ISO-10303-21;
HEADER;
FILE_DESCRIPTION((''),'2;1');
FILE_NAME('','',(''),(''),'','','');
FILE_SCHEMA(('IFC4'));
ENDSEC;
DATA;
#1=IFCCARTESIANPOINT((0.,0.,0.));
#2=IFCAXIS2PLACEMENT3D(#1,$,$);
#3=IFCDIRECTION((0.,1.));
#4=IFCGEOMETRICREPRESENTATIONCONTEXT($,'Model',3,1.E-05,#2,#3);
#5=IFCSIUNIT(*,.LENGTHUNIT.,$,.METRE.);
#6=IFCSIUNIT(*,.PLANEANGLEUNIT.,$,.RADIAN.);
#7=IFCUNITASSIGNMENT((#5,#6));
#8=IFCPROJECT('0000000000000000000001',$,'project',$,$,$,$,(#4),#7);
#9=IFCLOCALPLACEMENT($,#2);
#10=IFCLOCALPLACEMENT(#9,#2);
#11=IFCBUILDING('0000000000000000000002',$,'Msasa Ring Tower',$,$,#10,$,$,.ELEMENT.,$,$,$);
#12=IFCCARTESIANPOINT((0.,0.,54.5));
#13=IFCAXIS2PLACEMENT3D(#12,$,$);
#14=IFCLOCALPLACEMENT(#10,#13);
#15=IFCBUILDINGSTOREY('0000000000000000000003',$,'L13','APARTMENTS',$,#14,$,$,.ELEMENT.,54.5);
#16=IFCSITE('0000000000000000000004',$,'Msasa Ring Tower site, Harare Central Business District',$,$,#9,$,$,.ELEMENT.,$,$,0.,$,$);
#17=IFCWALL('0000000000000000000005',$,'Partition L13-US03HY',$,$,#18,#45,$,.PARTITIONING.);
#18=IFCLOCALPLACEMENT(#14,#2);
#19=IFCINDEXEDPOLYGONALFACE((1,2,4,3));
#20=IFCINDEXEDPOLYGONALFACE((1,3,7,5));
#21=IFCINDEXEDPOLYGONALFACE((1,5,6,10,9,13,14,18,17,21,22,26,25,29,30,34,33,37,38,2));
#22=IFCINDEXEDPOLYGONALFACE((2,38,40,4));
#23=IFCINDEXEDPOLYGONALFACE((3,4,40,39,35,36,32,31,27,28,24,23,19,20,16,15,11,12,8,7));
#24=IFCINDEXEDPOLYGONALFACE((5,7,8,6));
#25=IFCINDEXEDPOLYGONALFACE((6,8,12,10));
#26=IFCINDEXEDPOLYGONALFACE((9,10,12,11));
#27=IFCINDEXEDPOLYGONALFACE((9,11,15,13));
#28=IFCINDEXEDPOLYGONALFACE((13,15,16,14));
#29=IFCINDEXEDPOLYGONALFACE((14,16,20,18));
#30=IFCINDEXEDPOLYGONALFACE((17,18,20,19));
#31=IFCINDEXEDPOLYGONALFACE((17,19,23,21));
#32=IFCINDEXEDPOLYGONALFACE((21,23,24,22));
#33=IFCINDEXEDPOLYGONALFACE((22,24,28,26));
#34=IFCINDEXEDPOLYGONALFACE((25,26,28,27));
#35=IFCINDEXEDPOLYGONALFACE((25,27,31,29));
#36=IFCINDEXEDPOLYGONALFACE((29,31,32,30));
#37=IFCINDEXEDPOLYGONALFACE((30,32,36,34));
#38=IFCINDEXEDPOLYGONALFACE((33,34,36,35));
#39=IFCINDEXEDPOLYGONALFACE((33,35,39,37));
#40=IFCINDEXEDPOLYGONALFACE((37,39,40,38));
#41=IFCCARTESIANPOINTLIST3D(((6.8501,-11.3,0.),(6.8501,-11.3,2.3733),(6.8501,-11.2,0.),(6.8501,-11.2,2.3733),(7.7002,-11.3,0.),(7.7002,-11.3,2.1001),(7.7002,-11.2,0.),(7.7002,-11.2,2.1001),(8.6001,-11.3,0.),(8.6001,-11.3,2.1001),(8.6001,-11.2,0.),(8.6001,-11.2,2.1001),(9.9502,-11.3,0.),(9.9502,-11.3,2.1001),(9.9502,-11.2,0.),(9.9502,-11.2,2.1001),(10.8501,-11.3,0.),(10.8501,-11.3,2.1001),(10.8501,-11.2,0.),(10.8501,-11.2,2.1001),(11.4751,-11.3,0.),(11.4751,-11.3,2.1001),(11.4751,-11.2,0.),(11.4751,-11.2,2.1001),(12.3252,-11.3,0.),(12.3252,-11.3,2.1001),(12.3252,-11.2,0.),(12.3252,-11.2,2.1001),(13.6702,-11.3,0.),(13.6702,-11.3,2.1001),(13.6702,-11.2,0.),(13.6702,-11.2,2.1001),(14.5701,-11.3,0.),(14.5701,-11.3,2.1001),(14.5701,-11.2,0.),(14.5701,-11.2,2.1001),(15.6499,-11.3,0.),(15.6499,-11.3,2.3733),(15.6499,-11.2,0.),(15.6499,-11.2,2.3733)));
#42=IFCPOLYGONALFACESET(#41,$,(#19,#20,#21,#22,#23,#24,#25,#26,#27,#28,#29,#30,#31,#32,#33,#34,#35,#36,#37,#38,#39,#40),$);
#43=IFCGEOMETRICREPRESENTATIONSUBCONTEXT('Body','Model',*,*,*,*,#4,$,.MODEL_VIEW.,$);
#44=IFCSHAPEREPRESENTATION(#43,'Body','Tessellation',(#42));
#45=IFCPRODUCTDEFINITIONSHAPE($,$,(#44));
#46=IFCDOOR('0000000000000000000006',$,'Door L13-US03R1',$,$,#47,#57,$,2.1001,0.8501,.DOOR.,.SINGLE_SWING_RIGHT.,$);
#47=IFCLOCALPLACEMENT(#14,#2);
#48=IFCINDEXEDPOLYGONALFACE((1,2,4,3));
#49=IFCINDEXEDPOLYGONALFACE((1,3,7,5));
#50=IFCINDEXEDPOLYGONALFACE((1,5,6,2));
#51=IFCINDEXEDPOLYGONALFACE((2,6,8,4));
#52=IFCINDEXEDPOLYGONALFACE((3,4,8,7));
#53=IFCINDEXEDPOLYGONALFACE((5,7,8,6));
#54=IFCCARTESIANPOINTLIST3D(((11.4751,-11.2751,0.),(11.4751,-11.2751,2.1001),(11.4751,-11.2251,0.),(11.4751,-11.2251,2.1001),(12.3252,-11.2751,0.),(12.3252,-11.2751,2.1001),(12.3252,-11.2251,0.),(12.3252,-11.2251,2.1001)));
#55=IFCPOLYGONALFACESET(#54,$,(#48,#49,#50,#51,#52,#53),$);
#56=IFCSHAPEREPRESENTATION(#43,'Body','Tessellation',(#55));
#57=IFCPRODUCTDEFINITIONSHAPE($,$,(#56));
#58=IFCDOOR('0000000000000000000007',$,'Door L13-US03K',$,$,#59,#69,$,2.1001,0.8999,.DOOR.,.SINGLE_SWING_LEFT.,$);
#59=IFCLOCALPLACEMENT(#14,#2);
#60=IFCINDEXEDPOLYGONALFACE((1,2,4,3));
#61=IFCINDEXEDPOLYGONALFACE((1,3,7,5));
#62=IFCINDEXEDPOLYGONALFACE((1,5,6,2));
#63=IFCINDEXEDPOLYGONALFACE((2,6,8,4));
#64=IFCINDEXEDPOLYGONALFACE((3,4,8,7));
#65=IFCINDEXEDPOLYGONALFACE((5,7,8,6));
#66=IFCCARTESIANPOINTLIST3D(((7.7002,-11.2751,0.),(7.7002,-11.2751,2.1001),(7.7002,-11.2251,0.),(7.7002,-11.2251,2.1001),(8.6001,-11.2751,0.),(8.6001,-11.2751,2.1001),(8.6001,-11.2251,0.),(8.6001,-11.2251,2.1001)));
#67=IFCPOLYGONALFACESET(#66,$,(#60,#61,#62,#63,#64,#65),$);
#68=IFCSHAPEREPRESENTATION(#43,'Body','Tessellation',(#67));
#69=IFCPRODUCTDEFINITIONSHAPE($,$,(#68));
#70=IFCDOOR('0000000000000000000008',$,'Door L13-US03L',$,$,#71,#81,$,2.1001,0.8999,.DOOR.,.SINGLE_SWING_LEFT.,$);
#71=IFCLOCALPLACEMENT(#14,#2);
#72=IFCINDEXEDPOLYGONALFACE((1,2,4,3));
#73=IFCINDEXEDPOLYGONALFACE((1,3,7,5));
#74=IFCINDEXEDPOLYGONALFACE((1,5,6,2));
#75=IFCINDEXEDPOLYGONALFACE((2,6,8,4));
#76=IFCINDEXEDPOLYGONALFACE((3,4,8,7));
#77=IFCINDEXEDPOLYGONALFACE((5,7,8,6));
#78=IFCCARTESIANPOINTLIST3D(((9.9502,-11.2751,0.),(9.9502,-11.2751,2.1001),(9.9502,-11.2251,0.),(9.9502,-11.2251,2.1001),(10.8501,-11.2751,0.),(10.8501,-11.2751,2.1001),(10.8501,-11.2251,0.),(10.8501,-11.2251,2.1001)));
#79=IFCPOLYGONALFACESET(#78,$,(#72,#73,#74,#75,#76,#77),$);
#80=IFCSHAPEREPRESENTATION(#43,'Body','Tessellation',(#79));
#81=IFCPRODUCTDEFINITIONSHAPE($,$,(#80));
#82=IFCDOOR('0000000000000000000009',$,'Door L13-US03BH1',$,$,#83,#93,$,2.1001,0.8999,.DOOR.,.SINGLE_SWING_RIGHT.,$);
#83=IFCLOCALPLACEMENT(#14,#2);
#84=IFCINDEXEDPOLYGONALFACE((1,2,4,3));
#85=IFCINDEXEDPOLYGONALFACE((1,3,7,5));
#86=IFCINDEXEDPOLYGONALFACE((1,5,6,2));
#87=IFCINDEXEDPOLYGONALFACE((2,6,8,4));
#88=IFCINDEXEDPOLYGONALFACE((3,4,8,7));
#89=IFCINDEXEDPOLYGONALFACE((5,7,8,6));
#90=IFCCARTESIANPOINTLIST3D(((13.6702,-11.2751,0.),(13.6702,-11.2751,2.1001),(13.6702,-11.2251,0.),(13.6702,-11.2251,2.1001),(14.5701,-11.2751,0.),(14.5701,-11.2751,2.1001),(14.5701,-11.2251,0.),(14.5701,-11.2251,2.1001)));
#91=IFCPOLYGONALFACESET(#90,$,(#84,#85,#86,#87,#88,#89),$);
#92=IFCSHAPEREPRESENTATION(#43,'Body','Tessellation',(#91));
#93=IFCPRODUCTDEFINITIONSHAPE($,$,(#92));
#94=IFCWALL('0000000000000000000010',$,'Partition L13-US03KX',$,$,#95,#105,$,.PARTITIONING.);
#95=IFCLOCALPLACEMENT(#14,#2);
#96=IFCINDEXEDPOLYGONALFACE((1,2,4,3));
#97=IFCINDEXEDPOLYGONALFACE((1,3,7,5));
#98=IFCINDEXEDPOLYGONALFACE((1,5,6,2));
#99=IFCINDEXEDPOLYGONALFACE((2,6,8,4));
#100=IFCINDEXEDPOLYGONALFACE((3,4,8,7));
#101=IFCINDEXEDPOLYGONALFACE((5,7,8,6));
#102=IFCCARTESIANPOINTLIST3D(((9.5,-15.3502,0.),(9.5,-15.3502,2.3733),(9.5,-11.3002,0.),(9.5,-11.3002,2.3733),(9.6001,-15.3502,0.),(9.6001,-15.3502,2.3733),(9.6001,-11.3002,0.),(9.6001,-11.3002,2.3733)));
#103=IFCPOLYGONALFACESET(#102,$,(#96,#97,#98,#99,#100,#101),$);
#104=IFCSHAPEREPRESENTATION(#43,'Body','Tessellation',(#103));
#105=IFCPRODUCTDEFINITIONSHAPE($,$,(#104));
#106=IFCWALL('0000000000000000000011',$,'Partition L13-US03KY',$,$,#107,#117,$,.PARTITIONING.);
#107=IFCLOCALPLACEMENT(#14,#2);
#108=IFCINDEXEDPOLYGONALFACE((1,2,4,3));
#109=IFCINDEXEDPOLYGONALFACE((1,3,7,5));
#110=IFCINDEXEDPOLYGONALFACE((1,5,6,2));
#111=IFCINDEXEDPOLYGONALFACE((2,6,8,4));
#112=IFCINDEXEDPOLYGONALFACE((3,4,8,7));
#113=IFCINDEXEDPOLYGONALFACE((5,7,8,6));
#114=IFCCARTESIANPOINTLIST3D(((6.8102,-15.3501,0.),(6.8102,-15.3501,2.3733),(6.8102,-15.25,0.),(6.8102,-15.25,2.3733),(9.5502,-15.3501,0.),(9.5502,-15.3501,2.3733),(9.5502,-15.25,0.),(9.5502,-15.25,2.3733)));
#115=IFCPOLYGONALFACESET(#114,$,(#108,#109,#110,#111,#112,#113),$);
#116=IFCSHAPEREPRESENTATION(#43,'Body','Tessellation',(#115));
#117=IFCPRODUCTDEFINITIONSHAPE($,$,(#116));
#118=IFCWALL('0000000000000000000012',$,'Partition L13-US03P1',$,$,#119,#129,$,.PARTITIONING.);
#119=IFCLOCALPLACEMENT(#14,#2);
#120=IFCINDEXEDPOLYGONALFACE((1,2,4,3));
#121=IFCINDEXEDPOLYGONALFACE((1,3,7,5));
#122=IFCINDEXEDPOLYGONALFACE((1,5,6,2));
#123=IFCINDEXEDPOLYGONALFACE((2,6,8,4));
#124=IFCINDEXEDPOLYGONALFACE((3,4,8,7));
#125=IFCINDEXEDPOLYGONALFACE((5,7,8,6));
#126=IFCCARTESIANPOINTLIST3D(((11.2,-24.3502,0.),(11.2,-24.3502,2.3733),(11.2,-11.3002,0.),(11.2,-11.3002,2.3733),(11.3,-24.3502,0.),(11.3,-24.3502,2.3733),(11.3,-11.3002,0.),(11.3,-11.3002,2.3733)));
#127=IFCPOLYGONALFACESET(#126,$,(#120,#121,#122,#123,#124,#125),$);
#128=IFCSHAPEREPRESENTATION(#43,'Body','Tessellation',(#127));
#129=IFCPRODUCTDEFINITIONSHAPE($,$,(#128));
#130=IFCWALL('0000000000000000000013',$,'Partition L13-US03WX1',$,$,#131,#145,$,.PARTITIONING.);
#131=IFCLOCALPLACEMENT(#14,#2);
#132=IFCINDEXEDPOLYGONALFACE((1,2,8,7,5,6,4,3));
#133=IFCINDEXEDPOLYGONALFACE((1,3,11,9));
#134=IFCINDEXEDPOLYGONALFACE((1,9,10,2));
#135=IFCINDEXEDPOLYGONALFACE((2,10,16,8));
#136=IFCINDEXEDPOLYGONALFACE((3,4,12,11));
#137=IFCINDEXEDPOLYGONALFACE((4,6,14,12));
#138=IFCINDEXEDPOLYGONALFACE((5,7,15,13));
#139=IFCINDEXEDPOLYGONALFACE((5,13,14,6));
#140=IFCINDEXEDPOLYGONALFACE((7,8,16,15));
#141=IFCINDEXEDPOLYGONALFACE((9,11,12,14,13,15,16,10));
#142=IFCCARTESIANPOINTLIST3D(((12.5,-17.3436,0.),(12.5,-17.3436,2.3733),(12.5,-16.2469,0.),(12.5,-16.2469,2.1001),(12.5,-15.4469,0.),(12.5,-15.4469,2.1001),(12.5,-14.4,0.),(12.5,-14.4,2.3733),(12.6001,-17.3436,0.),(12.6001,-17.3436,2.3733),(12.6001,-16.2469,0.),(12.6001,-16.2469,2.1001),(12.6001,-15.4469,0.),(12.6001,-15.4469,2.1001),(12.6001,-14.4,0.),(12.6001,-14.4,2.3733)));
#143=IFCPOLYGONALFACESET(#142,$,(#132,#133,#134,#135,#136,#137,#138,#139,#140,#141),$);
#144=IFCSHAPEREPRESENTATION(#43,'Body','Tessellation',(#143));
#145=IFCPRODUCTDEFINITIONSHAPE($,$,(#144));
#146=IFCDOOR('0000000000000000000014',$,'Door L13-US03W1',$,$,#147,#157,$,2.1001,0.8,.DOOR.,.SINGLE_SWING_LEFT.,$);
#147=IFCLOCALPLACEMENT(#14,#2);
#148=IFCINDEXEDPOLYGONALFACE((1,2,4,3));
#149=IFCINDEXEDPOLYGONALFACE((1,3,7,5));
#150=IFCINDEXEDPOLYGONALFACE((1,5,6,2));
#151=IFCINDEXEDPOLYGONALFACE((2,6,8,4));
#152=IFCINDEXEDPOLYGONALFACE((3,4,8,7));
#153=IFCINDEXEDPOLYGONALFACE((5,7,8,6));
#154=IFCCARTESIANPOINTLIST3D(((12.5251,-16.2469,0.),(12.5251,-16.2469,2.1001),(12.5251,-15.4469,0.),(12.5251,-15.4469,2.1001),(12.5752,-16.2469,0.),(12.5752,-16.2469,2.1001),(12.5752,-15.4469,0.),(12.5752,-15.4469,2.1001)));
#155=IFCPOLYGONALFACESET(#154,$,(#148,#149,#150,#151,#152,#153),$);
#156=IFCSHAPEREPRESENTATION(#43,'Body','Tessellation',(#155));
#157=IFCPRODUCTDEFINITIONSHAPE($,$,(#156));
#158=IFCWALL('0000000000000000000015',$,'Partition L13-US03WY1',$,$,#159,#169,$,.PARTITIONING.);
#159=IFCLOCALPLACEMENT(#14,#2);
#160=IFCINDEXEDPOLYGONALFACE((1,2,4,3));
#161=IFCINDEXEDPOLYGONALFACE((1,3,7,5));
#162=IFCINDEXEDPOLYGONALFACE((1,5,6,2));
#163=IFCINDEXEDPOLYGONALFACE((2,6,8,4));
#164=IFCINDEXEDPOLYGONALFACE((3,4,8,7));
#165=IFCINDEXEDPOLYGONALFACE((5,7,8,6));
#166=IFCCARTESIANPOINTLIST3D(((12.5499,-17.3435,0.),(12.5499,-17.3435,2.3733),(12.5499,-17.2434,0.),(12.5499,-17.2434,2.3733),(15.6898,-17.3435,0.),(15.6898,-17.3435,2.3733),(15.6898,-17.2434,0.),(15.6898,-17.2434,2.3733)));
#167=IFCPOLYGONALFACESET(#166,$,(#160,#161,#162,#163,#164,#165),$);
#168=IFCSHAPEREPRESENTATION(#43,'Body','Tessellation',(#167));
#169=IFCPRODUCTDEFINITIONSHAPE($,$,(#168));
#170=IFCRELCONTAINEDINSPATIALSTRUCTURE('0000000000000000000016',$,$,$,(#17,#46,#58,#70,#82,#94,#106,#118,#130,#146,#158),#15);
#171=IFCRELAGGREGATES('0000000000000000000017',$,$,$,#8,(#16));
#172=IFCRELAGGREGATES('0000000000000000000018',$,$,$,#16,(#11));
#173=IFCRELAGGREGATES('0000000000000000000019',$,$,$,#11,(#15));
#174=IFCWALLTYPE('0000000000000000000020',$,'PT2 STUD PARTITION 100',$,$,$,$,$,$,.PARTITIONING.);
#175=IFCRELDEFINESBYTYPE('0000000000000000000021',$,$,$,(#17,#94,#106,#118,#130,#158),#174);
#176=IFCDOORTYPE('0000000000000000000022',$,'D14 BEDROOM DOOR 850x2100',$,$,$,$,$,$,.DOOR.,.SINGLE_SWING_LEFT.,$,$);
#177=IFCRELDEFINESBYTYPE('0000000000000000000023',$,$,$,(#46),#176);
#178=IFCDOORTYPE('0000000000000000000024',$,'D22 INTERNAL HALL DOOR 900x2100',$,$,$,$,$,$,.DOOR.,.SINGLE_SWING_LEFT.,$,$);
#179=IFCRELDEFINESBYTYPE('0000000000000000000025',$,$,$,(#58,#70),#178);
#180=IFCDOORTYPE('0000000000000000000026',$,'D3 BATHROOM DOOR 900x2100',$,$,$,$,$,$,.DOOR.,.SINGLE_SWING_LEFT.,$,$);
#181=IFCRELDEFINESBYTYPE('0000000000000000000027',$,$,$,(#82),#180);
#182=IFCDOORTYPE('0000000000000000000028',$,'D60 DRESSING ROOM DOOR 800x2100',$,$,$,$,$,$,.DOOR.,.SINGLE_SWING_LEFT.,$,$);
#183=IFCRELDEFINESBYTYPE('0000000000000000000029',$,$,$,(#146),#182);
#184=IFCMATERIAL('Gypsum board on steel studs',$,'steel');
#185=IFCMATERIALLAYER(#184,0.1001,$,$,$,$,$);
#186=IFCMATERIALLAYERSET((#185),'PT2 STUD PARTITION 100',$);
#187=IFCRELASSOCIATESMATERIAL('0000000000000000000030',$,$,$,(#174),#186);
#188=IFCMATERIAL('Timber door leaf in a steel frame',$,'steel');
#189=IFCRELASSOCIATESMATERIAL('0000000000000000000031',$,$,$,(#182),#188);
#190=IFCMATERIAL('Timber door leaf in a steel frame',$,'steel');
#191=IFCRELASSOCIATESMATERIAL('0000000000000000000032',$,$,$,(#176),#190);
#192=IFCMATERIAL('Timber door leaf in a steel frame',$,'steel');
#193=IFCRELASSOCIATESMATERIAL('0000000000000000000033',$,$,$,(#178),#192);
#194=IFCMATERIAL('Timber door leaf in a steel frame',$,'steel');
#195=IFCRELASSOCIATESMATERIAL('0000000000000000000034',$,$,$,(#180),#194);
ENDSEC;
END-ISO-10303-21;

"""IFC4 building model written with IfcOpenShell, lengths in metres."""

from ifc_helpers import new_model, si_unit, direction, frame, frame_2d, origin, place, context, subcontext, project, spatial, rectangle, extrude, material, layer, layer_set, type_object, element, fill, save


model = new_model("IFC4")

# Units and contexts
model_context = context("Model", 3, precision=1e-05, world=origin(), true_north=direction((0.0, 1.0)))
body_context = subcontext(model_context, "Body", "Model", "MODEL_VIEW")
ifc_project = project(units=[si_unit("LENGTHUNIT", "METRE"), si_unit("PLANEANGLEUNIT", "RADIAN")], contexts=[model_context])

# Site, building, storey
site_placement = place(None, origin())
site = spatial("IfcSite", under=ifc_project, at=site_placement, Name="Msasa Ring Tower site, Harare Central Business District", CompositionType="ELEMENT", RefElevation=0.0)
building_placement = place(site_placement, origin())
building = spatial("IfcBuilding", under=site, at=building_placement, Name="Msasa Ring Tower", CompositionType="ELEMENT")
storey_placement = place(building_placement, frame((0.0, 0.0, 54.5)))
storey = spatial("IfcBuildingStorey", under=building, at=storey_placement, Name="L13", Description="APARTMENTS", CompositionType="ELEMENT", Elevation=54.5)

# Shared definitions
ifc_material_1 = material(Name="Gypsum board on steel studs", Category="steel")
ifc_layer_1 = layer(ifc_material_1, 0.1001)
ifc_layer_set_1 = layer_set([ifc_layer_1], Name="PT2 STUD PARTITION 100")
wall_type_1 = type_object("IfcWallType", Name="PT2 STUD PARTITION 100", PredefinedType="PARTITIONING", material=ifc_layer_set_1)
ifc_material_2 = material(Name="Timber door leaf in a steel frame", Category="steel")
door_type_1 = type_object("IfcDoorType", Name="D60 DRESSING ROOM DOOR 800x2100", OperationType="SINGLE_SWING_LEFT", PredefinedType="DOOR", material=ifc_material_2)

# Wall, openings, doors
wall_1_placement = place(storey_placement, frame((6.8501, -11.25, 0.0), z_axis=(0.0, 0.0, 1.0), x_axis=(1.0, 0.0, 0.0)))
wall_1 = element("IfcWall", 1, at=wall_1_placement, inside=storey, type_object=wall_type_1, Name="Partition L13-US03HY", PredefinedType="PARTITIONING", context=body_context, shape_type="SweptSolid", body=[
    extrude(rectangle(XDim=8.7998, YDim=0.1001, at=frame_2d((4.3999, 0.0))), origin(), (0.0, 0.0, 1.0), 2.3733),
])
opening_1_placement = place(wall_1_placement, frame((0.8501, 0.0, 0.0)))
opening_1 = element("IfcOpeningElement", 2, at=opening_1_placement, cuts=wall_1, PredefinedType="OPENING", context=body_context, shape_type="SweptSolid", body=[
    extrude(rectangle(XDim=0.8999, YDim=2.1001, at=frame_2d((0.45, 1.05))), frame((0.0, 0.0601, 0.0), z_axis=(0.0, -1.0, 0.0), x_axis=(1.0, 0.0, 0.0)), (0.0, 0.0, 1.0), 0.1201),
])
opening_2_placement = place(wall_1_placement, frame((3.1001, 0.0, 0.0)))
opening_2 = element("IfcOpeningElement", 3, at=opening_2_placement, cuts=wall_1, PredefinedType="OPENING", context=body_context, shape_type="SweptSolid", body=[
    extrude(rectangle(XDim=0.8999, YDim=2.1001, at=frame_2d((0.45, 1.05))), frame((0.0, 0.0601, 0.0), z_axis=(0.0, -1.0, 0.0), x_axis=(1.0, 0.0, 0.0)), (0.0, 0.0, 1.0), 0.1201),
])
opening_3_placement = place(wall_1_placement, frame((4.625, 0.0, 0.0)))
opening_3 = element("IfcOpeningElement", 4, at=opening_3_placement, cuts=wall_1, PredefinedType="OPENING", context=body_context, shape_type="SweptSolid", body=[
    extrude(rectangle(XDim=0.8501, YDim=2.1001, at=frame_2d((0.425, 1.05))), frame((0.0, 0.0601, 0.0), z_axis=(0.0, -1.0, 0.0), x_axis=(1.0, 0.0, 0.0)), (0.0, 0.0, 1.0), 0.1201),
])
opening_4_placement = place(wall_1_placement, frame((6.8201, 0.0, 0.0)))
opening_4 = element("IfcOpeningElement", 5, at=opening_4_placement, cuts=wall_1, PredefinedType="OPENING", context=body_context, shape_type="SweptSolid", body=[
    extrude(rectangle(XDim=0.8999, YDim=2.1001, at=frame_2d((0.45, 1.05))), frame((0.0, 0.0601, 0.0), z_axis=(0.0, -1.0, 0.0), x_axis=(1.0, 0.0, 0.0)), (0.0, 0.0, 1.0), 0.1201),
])
ifc_material_3 = material(Name="Timber door leaf in a steel frame", Category="steel")
door_type_2 = type_object("IfcDoorType", Name="D14 BEDROOM DOOR 850x2100", OperationType="SINGLE_SWING_LEFT", PredefinedType="DOOR", material=ifc_material_3)
door_1_placement = place(opening_3_placement, origin())
door_1 = element("IfcDoor", 6, at=door_1_placement, inside=storey, type_object=door_type_2, Name="Door L13-US03R1", OperationType="SINGLE_SWING_RIGHT", OverallHeight=2.1001, OverallWidth=0.8501, PredefinedType="DOOR", context=body_context, shape_type="SweptSolid", body=[
    extrude(rectangle(XDim=0.8501, YDim=2.1001, at=frame_2d((0.425, 1.05))), frame((0.0, 0.0249, 0.0), z_axis=(0.0, -1.0, 0.0), x_axis=(1.0, 0.0, 0.0)), (0.0, 0.0, 1.0), 0.05),
])
fill(opening_3, door_1)
ifc_material_4 = material(Name="Timber door leaf in a steel frame", Category="steel")
door_type_3 = type_object("IfcDoorType", Name="D22 INTERNAL HALL DOOR 900x2100", OperationType="SINGLE_SWING_LEFT", PredefinedType="DOOR", material=ifc_material_4)
door_2_placement = place(opening_1_placement, origin())
door_2 = element("IfcDoor", 7, at=door_2_placement, inside=storey, type_object=door_type_3, Name="Door L13-US03K", OperationType="SINGLE_SWING_LEFT", OverallHeight=2.1001, OverallWidth=0.8999, PredefinedType="DOOR", context=body_context, shape_type="SweptSolid", body=[
    extrude(rectangle(XDim=0.8999, YDim=2.1001, at=frame_2d((0.45, 1.05))), frame((0.0, 0.0249, 0.0), z_axis=(0.0, -1.0, 0.0), x_axis=(1.0, 0.0, 0.0)), (0.0, 0.0, 1.0), 0.05),
])
fill(opening_1, door_2)
door_3_placement = place(opening_2_placement, origin())
door_3 = element("IfcDoor", 8, at=door_3_placement, inside=storey, type_object=door_type_3, Name="Door L13-US03L", OperationType="SINGLE_SWING_LEFT", OverallHeight=2.1001, OverallWidth=0.8999, PredefinedType="DOOR", context=body_context, shape_type="SweptSolid", body=[
    extrude(rectangle(XDim=0.8999, YDim=2.1001, at=frame_2d((0.45, 1.05))), frame((0.0, 0.0249, 0.0), z_axis=(0.0, -1.0, 0.0), x_axis=(1.0, 0.0, 0.0)), (0.0, 0.0, 1.0), 0.05),
])
fill(opening_2, door_3)
ifc_material_5 = material(Name="Timber door leaf in a steel frame", Category="steel")
door_type_4 = type_object("IfcDoorType", Name="D3 BATHROOM DOOR 900x2100", OperationType="SINGLE_SWING_LEFT", PredefinedType="DOOR", material=ifc_material_5)
door_4_placement = place(opening_4_placement, origin())
door_4 = element("IfcDoor", 9, at=door_4_placement, inside=storey, type_object=door_type_4, Name="Door L13-US03BH1", OperationType="SINGLE_SWING_RIGHT", OverallHeight=2.1001, OverallWidth=0.8999, PredefinedType="DOOR", context=body_context, shape_type="SweptSolid", body=[
    extrude(rectangle(XDim=0.8999, YDim=2.1001, at=frame_2d((0.45, 1.05))), frame((0.0, 0.0249, 0.0), z_axis=(0.0, -1.0, 0.0), x_axis=(1.0, 0.0, 0.0)), (0.0, 0.0, 1.0), 0.05),
])
fill(opening_4, door_4)

# Walls
wall_2_placement = place(storey_placement, frame((9.55, -15.3501, 0.0), z_axis=(0.0, 0.0, 1.0), x_axis=(0.0, 1.0, 0.0)))
element("IfcWall", 10, at=wall_2_placement, inside=storey, type_object=wall_type_1, Name="Partition L13-US03KX", PredefinedType="PARTITIONING", context=body_context, shape_type="SweptSolid", body=[
    extrude(rectangle(XDim=4.05, YDim=0.1001, at=frame_2d((2.0249, 0.0))), origin(), (0.0, 0.0, 1.0), 2.3733),
])
wall_3_placement = place(storey_placement, frame((6.8101, -15.3, 0.0), z_axis=(0.0, 0.0, 1.0), x_axis=(1.0, 0.0, 0.0)))
element("IfcWall", 11, at=wall_3_placement, inside=storey, type_object=wall_type_1, Name="Partition L13-US03KY", PredefinedType="PARTITIONING", context=body_context, shape_type="SweptSolid", body=[
    extrude(rectangle(XDim=2.74, YDim=0.1001, at=frame_2d((1.3701, 0.0))), origin(), (0.0, 0.0, 1.0), 2.3733),
])
wall_4_placement = place(storey_placement, frame((11.25, -24.3501, 0.0), z_axis=(0.0, 0.0, 1.0), x_axis=(0.0, 1.0, 0.0)))
element("IfcWall", 12, at=wall_4_placement, inside=storey, type_object=wall_type_1, Name="Partition L13-US03P1", PredefinedType="PARTITIONING", context=body_context, shape_type="SweptSolid", body=[
    extrude(rectangle(XDim=13.05, YDim=0.1001, at=frame_2d((6.5249, 0.0))), origin(), (0.0, 0.0, 1.0), 2.3733),
])

# Wall, opening, door
wall_5_placement = place(storey_placement, frame((12.55, -17.3435, 0.0), z_axis=(0.0, 0.0, 1.0), x_axis=(0.0, 1.0, 0.0)))
wall_5 = element("IfcWall", 13, at=wall_5_placement, inside=storey, type_object=wall_type_1, Name="Partition L13-US03WX1", PredefinedType="PARTITIONING", context=body_context, shape_type="SweptSolid", body=[
    extrude(rectangle(XDim=2.9436, YDim=0.1001, at=frame_2d((1.4717, 0.0))), origin(), (0.0, 0.0, 1.0), 2.3733),
])
opening_5_placement = place(wall_5_placement, frame((1.0967, 0.0, 0.0)))
opening_5 = element("IfcOpeningElement", 14, at=opening_5_placement, cuts=wall_5, PredefinedType="OPENING", context=body_context, shape_type="SweptSolid", body=[
    extrude(rectangle(XDim=0.8, YDim=2.1001, at=frame_2d((0.3999, 1.05))), frame((0.0, 0.0601, 0.0), z_axis=(0.0, -1.0, 0.0), x_axis=(1.0, 0.0, 0.0)), (0.0, 0.0, 1.0), 0.1201),
])
door_5_placement = place(opening_5_placement, origin())
door_5 = element("IfcDoor", 15, at=door_5_placement, inside=storey, type_object=door_type_1, Name="Door L13-US03W1", OperationType="SINGLE_SWING_LEFT", OverallHeight=2.1001, OverallWidth=0.8, PredefinedType="DOOR", context=body_context, shape_type="SweptSolid", body=[
    extrude(rectangle(XDim=0.8, YDim=2.1001, at=frame_2d((0.3999, 1.05))), frame((0.0, 0.0249, 0.0), z_axis=(0.0, -1.0, 0.0), x_axis=(1.0, 0.0, 0.0)), (0.0, 0.0, 1.0), 0.05),
])
fill(opening_5, door_5)

# Wall
wall_6_placement = place(storey_placement, frame((12.55, -17.2935, 0.0), z_axis=(0.0, 0.0, 1.0), x_axis=(1.0, 0.0, 0.0)))
element("IfcWall", 16, at=wall_6_placement, inside=storey, type_object=wall_type_1, Name="Partition L13-US03WY1", PredefinedType="PARTITIONING", context=body_context, shape_type="SweptSolid", body=[
    extrude(rectangle(XDim=3.1399, YDim=0.1001, at=frame_2d((1.5698, 0.0))), origin(), (0.0, 0.0, 1.0), 2.3733),
])

save(model, "model.ifc")
